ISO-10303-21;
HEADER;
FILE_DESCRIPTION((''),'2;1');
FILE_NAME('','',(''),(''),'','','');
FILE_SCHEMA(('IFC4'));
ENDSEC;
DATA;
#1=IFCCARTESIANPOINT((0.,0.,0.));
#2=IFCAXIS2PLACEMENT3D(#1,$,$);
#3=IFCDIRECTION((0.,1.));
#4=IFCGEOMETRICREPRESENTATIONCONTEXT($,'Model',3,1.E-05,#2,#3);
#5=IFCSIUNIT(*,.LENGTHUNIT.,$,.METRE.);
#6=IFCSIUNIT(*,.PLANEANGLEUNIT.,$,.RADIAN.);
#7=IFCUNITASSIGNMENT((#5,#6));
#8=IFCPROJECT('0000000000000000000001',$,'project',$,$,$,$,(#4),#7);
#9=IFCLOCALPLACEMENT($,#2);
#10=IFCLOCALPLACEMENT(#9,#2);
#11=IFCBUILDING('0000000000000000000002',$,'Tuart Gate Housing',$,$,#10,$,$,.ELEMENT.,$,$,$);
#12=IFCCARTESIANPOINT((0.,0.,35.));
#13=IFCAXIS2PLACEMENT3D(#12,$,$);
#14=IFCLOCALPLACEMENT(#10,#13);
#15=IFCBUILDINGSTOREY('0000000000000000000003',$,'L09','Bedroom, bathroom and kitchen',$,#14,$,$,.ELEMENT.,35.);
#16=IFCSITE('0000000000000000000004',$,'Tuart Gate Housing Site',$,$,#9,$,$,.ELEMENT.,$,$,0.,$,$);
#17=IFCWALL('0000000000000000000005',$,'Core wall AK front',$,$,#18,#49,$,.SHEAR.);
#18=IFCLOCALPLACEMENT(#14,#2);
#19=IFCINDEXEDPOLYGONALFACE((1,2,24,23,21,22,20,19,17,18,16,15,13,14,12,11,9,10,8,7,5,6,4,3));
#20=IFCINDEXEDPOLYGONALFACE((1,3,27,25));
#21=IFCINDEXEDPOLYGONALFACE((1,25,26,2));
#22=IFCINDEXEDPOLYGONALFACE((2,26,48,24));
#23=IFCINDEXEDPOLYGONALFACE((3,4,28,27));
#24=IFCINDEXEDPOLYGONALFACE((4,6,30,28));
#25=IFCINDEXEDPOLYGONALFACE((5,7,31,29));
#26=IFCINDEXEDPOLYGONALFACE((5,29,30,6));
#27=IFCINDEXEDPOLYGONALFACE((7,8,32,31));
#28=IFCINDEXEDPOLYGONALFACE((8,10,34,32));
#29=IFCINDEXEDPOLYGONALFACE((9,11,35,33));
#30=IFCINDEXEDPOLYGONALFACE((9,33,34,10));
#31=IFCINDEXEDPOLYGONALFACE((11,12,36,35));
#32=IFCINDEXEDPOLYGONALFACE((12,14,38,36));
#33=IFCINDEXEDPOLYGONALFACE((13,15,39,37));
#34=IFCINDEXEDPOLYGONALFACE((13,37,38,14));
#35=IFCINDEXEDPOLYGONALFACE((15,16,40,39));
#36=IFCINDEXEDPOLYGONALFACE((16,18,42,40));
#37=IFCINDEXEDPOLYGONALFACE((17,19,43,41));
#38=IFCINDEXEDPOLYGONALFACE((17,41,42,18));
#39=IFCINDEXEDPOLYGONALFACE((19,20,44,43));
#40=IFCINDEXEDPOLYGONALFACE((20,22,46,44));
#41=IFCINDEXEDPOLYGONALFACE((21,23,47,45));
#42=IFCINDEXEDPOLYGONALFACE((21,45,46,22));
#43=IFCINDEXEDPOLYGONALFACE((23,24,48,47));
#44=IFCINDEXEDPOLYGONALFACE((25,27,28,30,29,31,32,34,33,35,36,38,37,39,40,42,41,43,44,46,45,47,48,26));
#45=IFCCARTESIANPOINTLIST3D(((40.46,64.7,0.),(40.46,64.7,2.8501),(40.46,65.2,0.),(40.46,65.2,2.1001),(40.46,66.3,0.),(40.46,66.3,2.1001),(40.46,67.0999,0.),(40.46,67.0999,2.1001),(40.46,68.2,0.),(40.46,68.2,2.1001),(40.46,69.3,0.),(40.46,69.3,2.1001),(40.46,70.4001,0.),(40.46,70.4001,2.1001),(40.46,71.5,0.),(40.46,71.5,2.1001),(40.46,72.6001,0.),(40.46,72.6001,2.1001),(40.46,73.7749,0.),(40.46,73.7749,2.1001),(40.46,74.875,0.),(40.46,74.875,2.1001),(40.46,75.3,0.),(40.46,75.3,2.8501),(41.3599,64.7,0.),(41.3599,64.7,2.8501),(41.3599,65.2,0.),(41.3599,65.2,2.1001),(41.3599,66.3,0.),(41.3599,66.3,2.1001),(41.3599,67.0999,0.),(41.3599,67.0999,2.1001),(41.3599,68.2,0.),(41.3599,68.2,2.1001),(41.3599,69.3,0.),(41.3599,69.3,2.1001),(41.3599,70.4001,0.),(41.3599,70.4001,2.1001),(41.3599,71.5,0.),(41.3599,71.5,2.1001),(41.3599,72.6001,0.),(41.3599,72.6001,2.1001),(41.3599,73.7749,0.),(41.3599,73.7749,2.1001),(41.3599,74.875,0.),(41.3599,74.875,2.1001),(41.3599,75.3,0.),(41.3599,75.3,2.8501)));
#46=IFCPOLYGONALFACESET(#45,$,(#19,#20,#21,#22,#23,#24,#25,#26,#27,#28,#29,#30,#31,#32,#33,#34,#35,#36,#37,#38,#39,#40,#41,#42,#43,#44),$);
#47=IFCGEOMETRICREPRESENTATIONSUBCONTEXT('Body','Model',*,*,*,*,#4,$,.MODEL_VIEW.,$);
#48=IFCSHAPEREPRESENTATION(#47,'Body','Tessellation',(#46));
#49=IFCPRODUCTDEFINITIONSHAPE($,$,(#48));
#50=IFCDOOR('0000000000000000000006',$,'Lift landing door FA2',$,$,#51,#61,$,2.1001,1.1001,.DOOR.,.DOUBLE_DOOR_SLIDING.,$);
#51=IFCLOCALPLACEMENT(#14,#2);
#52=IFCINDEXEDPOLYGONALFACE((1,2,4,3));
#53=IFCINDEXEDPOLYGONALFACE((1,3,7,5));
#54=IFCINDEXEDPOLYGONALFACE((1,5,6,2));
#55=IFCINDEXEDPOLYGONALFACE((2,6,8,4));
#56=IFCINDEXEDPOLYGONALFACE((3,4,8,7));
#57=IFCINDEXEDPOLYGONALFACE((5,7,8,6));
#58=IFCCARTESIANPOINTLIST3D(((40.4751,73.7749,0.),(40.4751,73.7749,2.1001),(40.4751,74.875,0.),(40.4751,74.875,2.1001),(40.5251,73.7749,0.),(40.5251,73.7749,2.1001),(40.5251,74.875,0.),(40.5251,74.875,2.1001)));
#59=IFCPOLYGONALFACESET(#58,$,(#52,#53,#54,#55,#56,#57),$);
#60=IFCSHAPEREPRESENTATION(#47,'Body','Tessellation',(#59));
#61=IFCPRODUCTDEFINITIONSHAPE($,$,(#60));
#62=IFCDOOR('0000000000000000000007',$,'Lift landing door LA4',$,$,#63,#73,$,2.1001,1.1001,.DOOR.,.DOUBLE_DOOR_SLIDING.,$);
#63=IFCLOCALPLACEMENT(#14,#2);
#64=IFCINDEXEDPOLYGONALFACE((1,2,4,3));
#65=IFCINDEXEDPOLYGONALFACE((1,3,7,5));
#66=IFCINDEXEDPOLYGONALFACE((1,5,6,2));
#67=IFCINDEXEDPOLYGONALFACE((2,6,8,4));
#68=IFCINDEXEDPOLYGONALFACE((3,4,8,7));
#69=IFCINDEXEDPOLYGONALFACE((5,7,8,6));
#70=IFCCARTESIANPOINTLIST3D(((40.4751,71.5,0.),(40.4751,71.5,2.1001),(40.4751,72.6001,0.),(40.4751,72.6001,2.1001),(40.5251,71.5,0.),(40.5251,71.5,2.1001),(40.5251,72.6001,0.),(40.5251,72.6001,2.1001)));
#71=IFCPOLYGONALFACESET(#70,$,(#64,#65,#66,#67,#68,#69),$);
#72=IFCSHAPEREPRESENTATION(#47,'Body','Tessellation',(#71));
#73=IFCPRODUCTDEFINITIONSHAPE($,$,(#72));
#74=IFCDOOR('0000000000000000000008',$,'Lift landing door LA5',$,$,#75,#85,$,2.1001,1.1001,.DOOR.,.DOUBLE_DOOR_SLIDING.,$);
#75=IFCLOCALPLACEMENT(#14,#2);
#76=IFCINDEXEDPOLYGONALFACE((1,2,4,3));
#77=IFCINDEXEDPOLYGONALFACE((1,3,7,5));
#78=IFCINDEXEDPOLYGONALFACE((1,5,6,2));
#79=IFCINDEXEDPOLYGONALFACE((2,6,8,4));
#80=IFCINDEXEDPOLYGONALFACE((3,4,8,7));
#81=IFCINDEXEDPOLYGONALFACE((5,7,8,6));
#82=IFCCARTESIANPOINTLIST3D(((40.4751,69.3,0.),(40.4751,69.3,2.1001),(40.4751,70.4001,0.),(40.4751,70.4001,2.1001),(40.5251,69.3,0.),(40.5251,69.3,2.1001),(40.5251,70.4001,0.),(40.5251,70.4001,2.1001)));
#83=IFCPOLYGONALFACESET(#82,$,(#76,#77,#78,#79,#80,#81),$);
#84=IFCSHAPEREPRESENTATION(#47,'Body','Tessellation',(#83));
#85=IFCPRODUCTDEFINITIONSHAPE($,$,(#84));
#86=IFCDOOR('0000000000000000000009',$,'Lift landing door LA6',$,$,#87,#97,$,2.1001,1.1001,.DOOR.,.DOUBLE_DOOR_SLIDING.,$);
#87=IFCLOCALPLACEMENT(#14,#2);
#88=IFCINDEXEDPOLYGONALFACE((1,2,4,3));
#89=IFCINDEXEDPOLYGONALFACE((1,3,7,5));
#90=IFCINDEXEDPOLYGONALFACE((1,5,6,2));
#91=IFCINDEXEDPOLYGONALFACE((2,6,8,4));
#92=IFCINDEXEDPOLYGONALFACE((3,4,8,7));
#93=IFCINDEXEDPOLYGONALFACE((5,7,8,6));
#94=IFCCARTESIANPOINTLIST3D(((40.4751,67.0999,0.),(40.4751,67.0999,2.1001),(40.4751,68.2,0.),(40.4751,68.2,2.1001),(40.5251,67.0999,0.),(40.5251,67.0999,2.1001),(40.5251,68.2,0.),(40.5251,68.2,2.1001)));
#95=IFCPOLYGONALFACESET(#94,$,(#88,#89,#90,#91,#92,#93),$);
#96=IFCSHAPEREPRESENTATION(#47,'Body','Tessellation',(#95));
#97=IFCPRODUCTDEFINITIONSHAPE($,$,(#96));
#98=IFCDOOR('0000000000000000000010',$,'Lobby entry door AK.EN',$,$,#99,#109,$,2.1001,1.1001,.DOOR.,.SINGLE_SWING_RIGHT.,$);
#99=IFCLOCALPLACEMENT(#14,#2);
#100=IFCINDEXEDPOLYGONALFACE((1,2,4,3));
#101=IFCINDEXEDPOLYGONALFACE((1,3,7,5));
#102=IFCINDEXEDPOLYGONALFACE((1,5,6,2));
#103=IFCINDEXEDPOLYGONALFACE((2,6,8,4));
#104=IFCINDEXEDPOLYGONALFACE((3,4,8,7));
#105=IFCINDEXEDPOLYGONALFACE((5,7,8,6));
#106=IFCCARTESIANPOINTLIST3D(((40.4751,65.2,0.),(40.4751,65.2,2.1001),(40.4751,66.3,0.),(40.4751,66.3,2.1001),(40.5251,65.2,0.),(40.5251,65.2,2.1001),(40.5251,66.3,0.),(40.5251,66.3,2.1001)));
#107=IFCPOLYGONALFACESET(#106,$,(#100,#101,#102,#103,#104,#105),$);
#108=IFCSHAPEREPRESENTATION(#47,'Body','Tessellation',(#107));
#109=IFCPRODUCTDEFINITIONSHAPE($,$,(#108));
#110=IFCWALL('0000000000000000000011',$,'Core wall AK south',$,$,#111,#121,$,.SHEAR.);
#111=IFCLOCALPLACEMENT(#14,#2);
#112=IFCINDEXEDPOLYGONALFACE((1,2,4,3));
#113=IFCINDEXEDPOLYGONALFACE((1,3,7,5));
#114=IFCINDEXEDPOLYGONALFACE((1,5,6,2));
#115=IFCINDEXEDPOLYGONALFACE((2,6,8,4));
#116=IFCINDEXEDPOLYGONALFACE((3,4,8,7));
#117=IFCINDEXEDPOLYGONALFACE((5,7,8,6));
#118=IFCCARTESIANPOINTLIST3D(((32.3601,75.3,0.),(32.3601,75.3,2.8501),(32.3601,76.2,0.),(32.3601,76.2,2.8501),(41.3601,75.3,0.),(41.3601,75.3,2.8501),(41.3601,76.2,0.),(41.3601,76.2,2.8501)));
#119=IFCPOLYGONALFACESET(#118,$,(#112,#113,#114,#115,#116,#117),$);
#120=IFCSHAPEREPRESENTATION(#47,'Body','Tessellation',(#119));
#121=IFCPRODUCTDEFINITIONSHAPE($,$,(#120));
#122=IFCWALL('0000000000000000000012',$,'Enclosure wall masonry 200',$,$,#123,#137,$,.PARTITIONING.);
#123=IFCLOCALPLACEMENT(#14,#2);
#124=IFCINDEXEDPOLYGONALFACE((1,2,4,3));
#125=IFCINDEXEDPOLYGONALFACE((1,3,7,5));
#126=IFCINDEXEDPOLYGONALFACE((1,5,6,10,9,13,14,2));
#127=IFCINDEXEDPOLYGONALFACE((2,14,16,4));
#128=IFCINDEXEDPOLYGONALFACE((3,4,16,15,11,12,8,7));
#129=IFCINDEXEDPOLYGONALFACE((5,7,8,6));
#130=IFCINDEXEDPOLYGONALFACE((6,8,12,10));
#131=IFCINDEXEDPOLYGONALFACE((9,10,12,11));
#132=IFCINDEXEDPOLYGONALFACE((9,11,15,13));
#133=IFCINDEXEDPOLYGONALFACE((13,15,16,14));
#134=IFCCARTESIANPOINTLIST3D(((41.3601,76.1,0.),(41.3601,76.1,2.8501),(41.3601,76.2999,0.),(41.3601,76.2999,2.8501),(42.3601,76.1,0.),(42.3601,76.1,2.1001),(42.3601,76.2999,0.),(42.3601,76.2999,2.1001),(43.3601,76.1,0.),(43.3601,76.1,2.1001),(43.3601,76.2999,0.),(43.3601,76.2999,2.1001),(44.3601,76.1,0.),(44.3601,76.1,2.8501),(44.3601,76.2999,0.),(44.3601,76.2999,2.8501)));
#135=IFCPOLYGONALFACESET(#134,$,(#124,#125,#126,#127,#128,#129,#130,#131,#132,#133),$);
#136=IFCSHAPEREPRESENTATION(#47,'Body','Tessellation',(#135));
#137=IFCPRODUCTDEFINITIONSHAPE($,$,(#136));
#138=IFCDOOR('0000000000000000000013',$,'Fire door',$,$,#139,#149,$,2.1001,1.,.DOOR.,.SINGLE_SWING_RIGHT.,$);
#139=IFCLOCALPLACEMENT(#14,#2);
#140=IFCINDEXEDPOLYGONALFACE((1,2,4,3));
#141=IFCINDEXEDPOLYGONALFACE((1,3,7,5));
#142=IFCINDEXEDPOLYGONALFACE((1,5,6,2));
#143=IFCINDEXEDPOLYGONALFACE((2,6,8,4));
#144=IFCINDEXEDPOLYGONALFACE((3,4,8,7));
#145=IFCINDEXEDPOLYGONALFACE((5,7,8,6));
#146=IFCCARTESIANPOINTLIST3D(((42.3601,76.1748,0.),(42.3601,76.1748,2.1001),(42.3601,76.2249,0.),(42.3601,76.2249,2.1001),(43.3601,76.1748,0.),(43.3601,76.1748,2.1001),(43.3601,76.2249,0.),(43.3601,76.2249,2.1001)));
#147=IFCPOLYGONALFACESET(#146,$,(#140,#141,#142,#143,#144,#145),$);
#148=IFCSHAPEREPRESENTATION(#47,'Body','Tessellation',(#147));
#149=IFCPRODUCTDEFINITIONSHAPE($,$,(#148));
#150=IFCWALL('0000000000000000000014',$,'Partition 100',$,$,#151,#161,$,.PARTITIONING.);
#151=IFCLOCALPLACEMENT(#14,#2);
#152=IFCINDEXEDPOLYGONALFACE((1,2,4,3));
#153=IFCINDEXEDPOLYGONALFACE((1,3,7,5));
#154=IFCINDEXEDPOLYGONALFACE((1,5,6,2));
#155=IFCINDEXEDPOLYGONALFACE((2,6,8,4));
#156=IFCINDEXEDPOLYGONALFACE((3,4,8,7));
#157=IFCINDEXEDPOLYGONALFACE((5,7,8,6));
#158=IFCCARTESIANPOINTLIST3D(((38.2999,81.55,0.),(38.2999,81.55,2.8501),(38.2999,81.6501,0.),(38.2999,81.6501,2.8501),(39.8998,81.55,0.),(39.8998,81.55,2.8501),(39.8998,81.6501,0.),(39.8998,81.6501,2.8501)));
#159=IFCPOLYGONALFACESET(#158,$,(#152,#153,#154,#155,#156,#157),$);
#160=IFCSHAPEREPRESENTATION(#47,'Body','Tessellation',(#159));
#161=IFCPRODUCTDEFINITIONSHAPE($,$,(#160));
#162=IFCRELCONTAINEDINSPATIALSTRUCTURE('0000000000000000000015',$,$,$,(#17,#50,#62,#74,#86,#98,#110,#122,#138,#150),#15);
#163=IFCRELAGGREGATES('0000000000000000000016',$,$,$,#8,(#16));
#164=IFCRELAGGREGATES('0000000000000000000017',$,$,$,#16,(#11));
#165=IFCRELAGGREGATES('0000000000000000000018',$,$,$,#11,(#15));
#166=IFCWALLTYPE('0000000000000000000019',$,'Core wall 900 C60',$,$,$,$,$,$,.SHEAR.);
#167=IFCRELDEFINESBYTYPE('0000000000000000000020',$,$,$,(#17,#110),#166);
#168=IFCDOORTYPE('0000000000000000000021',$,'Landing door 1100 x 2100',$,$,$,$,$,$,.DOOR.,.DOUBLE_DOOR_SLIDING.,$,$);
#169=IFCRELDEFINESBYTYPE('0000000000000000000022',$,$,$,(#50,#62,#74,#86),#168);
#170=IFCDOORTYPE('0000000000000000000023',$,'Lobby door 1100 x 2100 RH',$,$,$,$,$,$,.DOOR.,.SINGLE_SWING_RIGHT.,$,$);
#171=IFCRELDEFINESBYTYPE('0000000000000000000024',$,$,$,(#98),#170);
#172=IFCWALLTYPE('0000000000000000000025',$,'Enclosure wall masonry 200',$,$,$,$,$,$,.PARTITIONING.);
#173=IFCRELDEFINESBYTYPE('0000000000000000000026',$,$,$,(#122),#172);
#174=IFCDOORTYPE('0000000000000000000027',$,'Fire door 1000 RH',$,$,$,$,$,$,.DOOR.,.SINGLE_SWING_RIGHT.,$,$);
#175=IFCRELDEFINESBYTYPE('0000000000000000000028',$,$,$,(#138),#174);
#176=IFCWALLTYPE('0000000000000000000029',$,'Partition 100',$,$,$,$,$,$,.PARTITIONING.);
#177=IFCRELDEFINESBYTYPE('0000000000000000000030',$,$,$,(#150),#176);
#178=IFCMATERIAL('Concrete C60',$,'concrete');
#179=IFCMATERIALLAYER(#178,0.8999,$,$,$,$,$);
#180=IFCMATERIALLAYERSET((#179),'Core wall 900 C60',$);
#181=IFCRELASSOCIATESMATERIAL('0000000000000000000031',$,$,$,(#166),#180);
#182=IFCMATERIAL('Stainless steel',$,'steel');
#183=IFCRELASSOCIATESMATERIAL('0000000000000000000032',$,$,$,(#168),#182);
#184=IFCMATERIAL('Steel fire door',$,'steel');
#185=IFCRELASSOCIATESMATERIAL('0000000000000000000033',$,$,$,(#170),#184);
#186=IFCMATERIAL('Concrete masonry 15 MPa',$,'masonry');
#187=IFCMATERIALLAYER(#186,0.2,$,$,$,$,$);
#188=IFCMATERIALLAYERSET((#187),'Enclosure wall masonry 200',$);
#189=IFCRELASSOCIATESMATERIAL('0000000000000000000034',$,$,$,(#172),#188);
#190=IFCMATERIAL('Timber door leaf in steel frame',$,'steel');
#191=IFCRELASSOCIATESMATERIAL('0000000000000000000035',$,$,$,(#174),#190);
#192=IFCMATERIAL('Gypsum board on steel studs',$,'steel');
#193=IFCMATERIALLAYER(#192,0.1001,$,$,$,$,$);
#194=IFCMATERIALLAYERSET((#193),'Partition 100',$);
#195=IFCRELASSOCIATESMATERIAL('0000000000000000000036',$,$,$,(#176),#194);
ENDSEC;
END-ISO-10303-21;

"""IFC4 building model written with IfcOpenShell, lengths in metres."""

from ifc_helpers import new_model, si_unit, direction, frame, frame_2d, origin, place, context, subcontext, project, spatial, rectangle, extrude, material, layer, layer_set, type_object, element, fill, save


model = new_model("IFC4")

# Units and contexts
model_context = context("Model", 3, precision=1e-05, world=origin(), true_north=direction((0.0, 1.0)))
body_context = subcontext(model_context, "Body", "Model", "MODEL_VIEW")
ifc_project = project(units=[si_unit("LENGTHUNIT", "METRE"), si_unit("PLANEANGLEUNIT", "RADIAN")], contexts=[model_context])

# Site, building, storey
site_placement = place(None, origin())
site = spatial("IfcSite", under=ifc_project, at=site_placement, Name="Tuart Gate Housing Site", CompositionType="ELEMENT", RefElevation=0.0)
building_placement = place(site_placement, origin())
building = spatial("IfcBuilding", under=site, at=building_placement, Name="Tuart Gate Housing", CompositionType="ELEMENT")
storey_placement = place(building_placement, frame((0.0, 0.0, 35.0)))
storey = spatial("IfcBuildingStorey", under=building, at=storey_placement, Name="L09", Description="Bedroom, bathroom and kitchen", CompositionType="ELEMENT", Elevation=35.0)

# Wall, openings, doors
ifc_material_1 = material(Name="Concrete C60", Category="concrete")
ifc_layer_1 = layer(ifc_material_1, 0.8999)
ifc_layer_set_1 = layer_set([ifc_layer_1], Name="Core wall 900 C60")
wall_type_1 = type_object("IfcWallType", Name="Core wall 900 C60", PredefinedType="SHEAR", material=ifc_layer_set_1)
wall_1_placement = place(storey_placement, frame((40.9099, 75.3, 0.0), z_axis=(0.0, 0.0, 1.0), x_axis=(0.0, -1.0, 0.0)))
wall_1 = element("IfcWall", 1, at=wall_1_placement, inside=storey, type_object=wall_type_1, Name="Core wall AK front", PredefinedType="SHEAR", context=body_context, shape_type="SweptSolid", body=[
    extrude(rectangle(XDim=10.6001, YDim=0.8999, at=frame_2d((5.3, 0.0))), origin(), (0.0, 0.0, 1.0), 2.8501),
])
opening_1_placement = place(wall_1_placement, frame((0.425, 0.0, 0.0)))
opening_1 = element("IfcOpeningElement", 2, at=opening_1_placement, cuts=wall_1, PredefinedType="OPENING", context=body_context, shape_type="SweptSolid", body=[
    extrude(rectangle(XDim=1.1001, YDim=2.1001, at=frame_2d((0.55, 1.05))), frame((0.0, 0.46, 0.0), z_axis=(0.0, -1.0, 0.0), x_axis=(1.0, 0.0, 0.0)), (0.0, 0.0, 1.0), 0.9199),
])
opening_2_placement = place(wall_1_placement, frame((2.7, 0.0, 0.0)))
opening_2 = element("IfcOpeningElement", 3, at=opening_2_placement, cuts=wall_1, PredefinedType="OPENING", context=body_context, shape_type="SweptSolid", body=[
    extrude(rectangle(XDim=1.1001, YDim=2.1001, at=frame_2d((0.55, 1.05))), frame((0.0, 0.46, 0.0), z_axis=(0.0, -1.0, 0.0), x_axis=(1.0, 0.0, 0.0)), (0.0, 0.0, 1.0), 0.9199),
])
opening_3_placement = place(wall_1_placement, frame((4.8999, 0.0, 0.0)))
opening_3 = element("IfcOpeningElement", 4, at=opening_3_placement, cuts=wall_1, PredefinedType="OPENING", context=body_context, shape_type="SweptSolid", body=[
    extrude(rectangle(XDim=1.1001, YDim=2.1001, at=frame_2d((0.55, 1.05))), frame((0.0, 0.46, 0.0), z_axis=(0.0, -1.0, 0.0), x_axis=(1.0, 0.0, 0.0)), (0.0, 0.0, 1.0), 0.9199),
])
opening_4_placement = place(wall_1_placement, frame((7.1001, 0.0, 0.0)))
opening_4 = element("IfcOpeningElement", 5, at=opening_4_placement, cuts=wall_1, PredefinedType="OPENING", context=body_context, shape_type="SweptSolid", body=[
    extrude(rectangle(XDim=1.1001, YDim=2.1001, at=frame_2d((0.55, 1.05))), frame((0.0, 0.46, 0.0), z_axis=(0.0, -1.0, 0.0), x_axis=(1.0, 0.0, 0.0)), (0.0, 0.0, 1.0), 0.9199),
])
opening_5_placement = place(wall_1_placement, frame((9.0, 0.0, 0.0)))
opening_5 = element("IfcOpeningElement", 6, at=opening_5_placement, cuts=wall_1, PredefinedType="OPENING", context=body_context, shape_type="SweptSolid", body=[
    extrude(rectangle(XDim=1.1001, YDim=2.1001, at=frame_2d((0.55, 1.05))), frame((0.0, 0.46, 0.0), z_axis=(0.0, -1.0, 0.0), x_axis=(1.0, 0.0, 0.0)), (0.0, 0.0, 1.0), 0.9199),
])
ifc_material_2 = material(Name="Stainless steel", Category="steel")
door_type_1 = type_object("IfcDoorType", Name="Landing door 1100 x 2100", OperationType="DOUBLE_DOOR_SLIDING", PredefinedType="DOOR", material=ifc_material_2)
door_1_placement = place(opening_1_placement, origin())
door_1 = element("IfcDoor", 7, at=door_1_placement, inside=storey, type_object=door_type_1, Name="Lift landing door FA2", OperationType="DOUBLE_DOOR_SLIDING", OverallHeight=2.1001, OverallWidth=1.1001, PredefinedType="DOOR", context=body_context, shape_type="SweptSolid", body=[
    extrude(rectangle(XDim=1.1001, YDim=2.1001, at=frame_2d((0.55, 1.05))), frame((0.0, -0.3848, 0.0), z_axis=(0.0, -1.0, 0.0), x_axis=(1.0, 0.0, 0.0)), (0.0, 0.0, 1.0), 0.05),
])
fill(opening_1, door_1)
door_2_placement = place(opening_2_placement, origin())
door_2 = element("IfcDoor", 8, at=door_2_placement, inside=storey, type_object=door_type_1, Name="Lift landing door LA4", OperationType="DOUBLE_DOOR_SLIDING", OverallHeight=2.1001, OverallWidth=1.1001, PredefinedType="DOOR", context=body_context, shape_type="SweptSolid", body=[
    extrude(rectangle(XDim=1.1001, YDim=2.1001, at=frame_2d((0.55, 1.05))), frame((0.0, -0.3848, 0.0), z_axis=(0.0, -1.0, 0.0), x_axis=(1.0, 0.0, 0.0)), (0.0, 0.0, 1.0), 0.05),
])
fill(opening_2, door_2)
door_3_placement = place(opening_3_placement, origin())
door_3 = element("IfcDoor", 9, at=door_3_placement, inside=storey, type_object=door_type_1, Name="Lift landing door LA5", OperationType="DOUBLE_DOOR_SLIDING", OverallHeight=2.1001, OverallWidth=1.1001, PredefinedType="DOOR", context=body_context, shape_type="SweptSolid", body=[
    extrude(rectangle(XDim=1.1001, YDim=2.1001, at=frame_2d((0.55, 1.05))), frame((0.0, -0.3848, 0.0), z_axis=(0.0, -1.0, 0.0), x_axis=(1.0, 0.0, 0.0)), (0.0, 0.0, 1.0), 0.05),
])
fill(opening_3, door_3)
door_4_placement = place(opening_4_placement, origin())
door_4 = element("IfcDoor", 10, at=door_4_placement, inside=storey, type_object=door_type_1, Name="Lift landing door LA6", OperationType="DOUBLE_DOOR_SLIDING", OverallHeight=2.1001, OverallWidth=1.1001, PredefinedType="DOOR", context=body_context, shape_type="SweptSolid", body=[
    extrude(rectangle(XDim=1.1001, YDim=2.1001, at=frame_2d((0.55, 1.05))), frame((0.0, -0.3848, 0.0), z_axis=(0.0, -1.0, 0.0), x_axis=(1.0, 0.0, 0.0)), (0.0, 0.0, 1.0), 0.05),
])
fill(opening_4, door_4)
ifc_material_3 = material(Name="Steel fire door", Category="steel")
door_type_2 = type_object("IfcDoorType", Name="Lobby door 1100 x 2100 RH", OperationType="SINGLE_SWING_RIGHT", PredefinedType="DOOR", material=ifc_material_3)
door_5_placement = place(opening_5_placement, frame((1.1001, 0.0, 0.0), z_axis=(0.0, 0.0, 1.0), x_axis=(-1.0, 0.0, 0.0)))
door_5 = element("IfcDoor", 11, at=door_5_placement, inside=storey, type_object=door_type_2, Name="Lobby entry door AK.EN", OperationType="SINGLE_SWING_RIGHT", OverallHeight=2.1001, OverallWidth=1.1001, PredefinedType="DOOR", context=body_context, shape_type="SweptSolid", body=[
    extrude(rectangle(XDim=1.1001, YDim=2.1001, at=frame_2d((0.55, 1.05))), frame((0.0, 0.4348, 0.0), z_axis=(0.0, -1.0, 0.0), x_axis=(1.0, 0.0, 0.0)), (0.0, 0.0, 1.0), 0.05),
])
fill(opening_5, door_5)

# Wall
wall_2_placement = place(storey_placement, frame((41.3601, 75.75, 0.0), z_axis=(0.0, 0.0, 1.0), x_axis=(-1.0, 0.0, 0.0)))
element("IfcWall", 12, at=wall_2_placement, inside=storey, type_object=wall_type_1, Name="Core wall AK south", PredefinedType="SHEAR", context=body_context, shape_type="SweptSolid", body=[
    extrude(rectangle(XDim=9.0, YDim=0.8999, at=frame_2d((4.5, 0.0))), origin(), (0.0, 0.0, 1.0), 2.8501),
])

# Wall, opening, door
ifc_material_4 = material(Name="Concrete masonry 15 MPa", Category="masonry")
ifc_layer_2 = layer(ifc_material_4, 0.2)
ifc_layer_set_2 = layer_set([ifc_layer_2], Name="Enclosure wall masonry 200")
wall_type_2 = type_object("IfcWallType", Name="Enclosure wall masonry 200", PredefinedType="PARTITIONING", material=ifc_layer_set_2)
wall_3_placement = place(storey_placement, frame((41.3601, 76.2, 0.0), z_axis=(0.0, 0.0, 1.0), x_axis=(1.0, 0.0, 0.0)))
wall_3 = element("IfcWall", 13, at=wall_3_placement, inside=storey, type_object=wall_type_2, Name="Enclosure wall masonry 200", PredefinedType="PARTITIONING", context=body_context, shape_type="SweptSolid", body=[
    extrude(rectangle(XDim=3.0, YDim=0.2, at=frame_2d((1.5, 0.0))), origin(), (0.0, 0.0, 1.0), 2.8501),
])
opening_6_placement = place(wall_3_placement, frame((1.0, 0.0, 0.0)))
opening_6 = element("IfcOpeningElement", 14, at=opening_6_placement, cuts=wall_3, PredefinedType="OPENING", context=body_context, shape_type="SweptSolid", body=[
    extrude(rectangle(XDim=1.0, YDim=2.1001, at=frame_2d((0.5, 1.05))), frame((0.0, 0.1099, 0.0), z_axis=(0.0, -1.0, 0.0), x_axis=(1.0, 0.0, 0.0)), (0.0, 0.0, 1.0), 0.22),
])
ifc_material_5 = material(Name="Timber door leaf in steel frame", Category="steel")
door_type_3 = type_object("IfcDoorType", Name="Fire door 1000 RH", OperationType="SINGLE_SWING_RIGHT", PredefinedType="DOOR", material=ifc_material_5)
door_6_placement = place(opening_6_placement, origin())
door_6 = element("IfcDoor", 15, at=door_6_placement, inside=storey, type_object=door_type_3, Name="Fire door", OperationType="SINGLE_SWING_RIGHT", OverallHeight=2.1001, OverallWidth=1.0, PredefinedType="DOOR", context=body_context, shape_type="SweptSolid", body=[
    extrude(rectangle(XDim=1.0, YDim=2.1001, at=frame_2d((0.5, 1.05))), frame((0.0, 0.0249, 0.0), z_axis=(0.0, -1.0, 0.0), x_axis=(1.0, 0.0, 0.0)), (0.0, 0.0, 1.0), 0.05),
])
fill(opening_6, door_6)

# Wall
ifc_material_6 = material(Name="Gypsum board on steel studs", Category="steel")
ifc_layer_3 = layer(ifc_material_6, 0.1001)
ifc_layer_set_3 = layer_set([ifc_layer_3], Name="Partition 100")
wall_type_3 = type_object("IfcWallType", Name="Partition 100", PredefinedType="PARTITIONING", material=ifc_layer_set_3)
wall_4_placement = place(storey_placement, frame((38.3, 81.6001, 0.0), z_axis=(0.0, 0.0, 1.0), x_axis=(1.0, 0.0, 0.0)))
element("IfcWall", 16, at=wall_4_placement, inside=storey, type_object=wall_type_3, Name="Partition 100", PredefinedType="PARTITIONING", context=body_context, shape_type="SweptSolid", body=[
    extrude(rectangle(XDim=1.5999, YDim=0.1001, at=frame_2d((0.7998, 0.0))), origin(), (0.0, 0.0, 1.0), 2.8501),
])

save(model, "model.ifc")
